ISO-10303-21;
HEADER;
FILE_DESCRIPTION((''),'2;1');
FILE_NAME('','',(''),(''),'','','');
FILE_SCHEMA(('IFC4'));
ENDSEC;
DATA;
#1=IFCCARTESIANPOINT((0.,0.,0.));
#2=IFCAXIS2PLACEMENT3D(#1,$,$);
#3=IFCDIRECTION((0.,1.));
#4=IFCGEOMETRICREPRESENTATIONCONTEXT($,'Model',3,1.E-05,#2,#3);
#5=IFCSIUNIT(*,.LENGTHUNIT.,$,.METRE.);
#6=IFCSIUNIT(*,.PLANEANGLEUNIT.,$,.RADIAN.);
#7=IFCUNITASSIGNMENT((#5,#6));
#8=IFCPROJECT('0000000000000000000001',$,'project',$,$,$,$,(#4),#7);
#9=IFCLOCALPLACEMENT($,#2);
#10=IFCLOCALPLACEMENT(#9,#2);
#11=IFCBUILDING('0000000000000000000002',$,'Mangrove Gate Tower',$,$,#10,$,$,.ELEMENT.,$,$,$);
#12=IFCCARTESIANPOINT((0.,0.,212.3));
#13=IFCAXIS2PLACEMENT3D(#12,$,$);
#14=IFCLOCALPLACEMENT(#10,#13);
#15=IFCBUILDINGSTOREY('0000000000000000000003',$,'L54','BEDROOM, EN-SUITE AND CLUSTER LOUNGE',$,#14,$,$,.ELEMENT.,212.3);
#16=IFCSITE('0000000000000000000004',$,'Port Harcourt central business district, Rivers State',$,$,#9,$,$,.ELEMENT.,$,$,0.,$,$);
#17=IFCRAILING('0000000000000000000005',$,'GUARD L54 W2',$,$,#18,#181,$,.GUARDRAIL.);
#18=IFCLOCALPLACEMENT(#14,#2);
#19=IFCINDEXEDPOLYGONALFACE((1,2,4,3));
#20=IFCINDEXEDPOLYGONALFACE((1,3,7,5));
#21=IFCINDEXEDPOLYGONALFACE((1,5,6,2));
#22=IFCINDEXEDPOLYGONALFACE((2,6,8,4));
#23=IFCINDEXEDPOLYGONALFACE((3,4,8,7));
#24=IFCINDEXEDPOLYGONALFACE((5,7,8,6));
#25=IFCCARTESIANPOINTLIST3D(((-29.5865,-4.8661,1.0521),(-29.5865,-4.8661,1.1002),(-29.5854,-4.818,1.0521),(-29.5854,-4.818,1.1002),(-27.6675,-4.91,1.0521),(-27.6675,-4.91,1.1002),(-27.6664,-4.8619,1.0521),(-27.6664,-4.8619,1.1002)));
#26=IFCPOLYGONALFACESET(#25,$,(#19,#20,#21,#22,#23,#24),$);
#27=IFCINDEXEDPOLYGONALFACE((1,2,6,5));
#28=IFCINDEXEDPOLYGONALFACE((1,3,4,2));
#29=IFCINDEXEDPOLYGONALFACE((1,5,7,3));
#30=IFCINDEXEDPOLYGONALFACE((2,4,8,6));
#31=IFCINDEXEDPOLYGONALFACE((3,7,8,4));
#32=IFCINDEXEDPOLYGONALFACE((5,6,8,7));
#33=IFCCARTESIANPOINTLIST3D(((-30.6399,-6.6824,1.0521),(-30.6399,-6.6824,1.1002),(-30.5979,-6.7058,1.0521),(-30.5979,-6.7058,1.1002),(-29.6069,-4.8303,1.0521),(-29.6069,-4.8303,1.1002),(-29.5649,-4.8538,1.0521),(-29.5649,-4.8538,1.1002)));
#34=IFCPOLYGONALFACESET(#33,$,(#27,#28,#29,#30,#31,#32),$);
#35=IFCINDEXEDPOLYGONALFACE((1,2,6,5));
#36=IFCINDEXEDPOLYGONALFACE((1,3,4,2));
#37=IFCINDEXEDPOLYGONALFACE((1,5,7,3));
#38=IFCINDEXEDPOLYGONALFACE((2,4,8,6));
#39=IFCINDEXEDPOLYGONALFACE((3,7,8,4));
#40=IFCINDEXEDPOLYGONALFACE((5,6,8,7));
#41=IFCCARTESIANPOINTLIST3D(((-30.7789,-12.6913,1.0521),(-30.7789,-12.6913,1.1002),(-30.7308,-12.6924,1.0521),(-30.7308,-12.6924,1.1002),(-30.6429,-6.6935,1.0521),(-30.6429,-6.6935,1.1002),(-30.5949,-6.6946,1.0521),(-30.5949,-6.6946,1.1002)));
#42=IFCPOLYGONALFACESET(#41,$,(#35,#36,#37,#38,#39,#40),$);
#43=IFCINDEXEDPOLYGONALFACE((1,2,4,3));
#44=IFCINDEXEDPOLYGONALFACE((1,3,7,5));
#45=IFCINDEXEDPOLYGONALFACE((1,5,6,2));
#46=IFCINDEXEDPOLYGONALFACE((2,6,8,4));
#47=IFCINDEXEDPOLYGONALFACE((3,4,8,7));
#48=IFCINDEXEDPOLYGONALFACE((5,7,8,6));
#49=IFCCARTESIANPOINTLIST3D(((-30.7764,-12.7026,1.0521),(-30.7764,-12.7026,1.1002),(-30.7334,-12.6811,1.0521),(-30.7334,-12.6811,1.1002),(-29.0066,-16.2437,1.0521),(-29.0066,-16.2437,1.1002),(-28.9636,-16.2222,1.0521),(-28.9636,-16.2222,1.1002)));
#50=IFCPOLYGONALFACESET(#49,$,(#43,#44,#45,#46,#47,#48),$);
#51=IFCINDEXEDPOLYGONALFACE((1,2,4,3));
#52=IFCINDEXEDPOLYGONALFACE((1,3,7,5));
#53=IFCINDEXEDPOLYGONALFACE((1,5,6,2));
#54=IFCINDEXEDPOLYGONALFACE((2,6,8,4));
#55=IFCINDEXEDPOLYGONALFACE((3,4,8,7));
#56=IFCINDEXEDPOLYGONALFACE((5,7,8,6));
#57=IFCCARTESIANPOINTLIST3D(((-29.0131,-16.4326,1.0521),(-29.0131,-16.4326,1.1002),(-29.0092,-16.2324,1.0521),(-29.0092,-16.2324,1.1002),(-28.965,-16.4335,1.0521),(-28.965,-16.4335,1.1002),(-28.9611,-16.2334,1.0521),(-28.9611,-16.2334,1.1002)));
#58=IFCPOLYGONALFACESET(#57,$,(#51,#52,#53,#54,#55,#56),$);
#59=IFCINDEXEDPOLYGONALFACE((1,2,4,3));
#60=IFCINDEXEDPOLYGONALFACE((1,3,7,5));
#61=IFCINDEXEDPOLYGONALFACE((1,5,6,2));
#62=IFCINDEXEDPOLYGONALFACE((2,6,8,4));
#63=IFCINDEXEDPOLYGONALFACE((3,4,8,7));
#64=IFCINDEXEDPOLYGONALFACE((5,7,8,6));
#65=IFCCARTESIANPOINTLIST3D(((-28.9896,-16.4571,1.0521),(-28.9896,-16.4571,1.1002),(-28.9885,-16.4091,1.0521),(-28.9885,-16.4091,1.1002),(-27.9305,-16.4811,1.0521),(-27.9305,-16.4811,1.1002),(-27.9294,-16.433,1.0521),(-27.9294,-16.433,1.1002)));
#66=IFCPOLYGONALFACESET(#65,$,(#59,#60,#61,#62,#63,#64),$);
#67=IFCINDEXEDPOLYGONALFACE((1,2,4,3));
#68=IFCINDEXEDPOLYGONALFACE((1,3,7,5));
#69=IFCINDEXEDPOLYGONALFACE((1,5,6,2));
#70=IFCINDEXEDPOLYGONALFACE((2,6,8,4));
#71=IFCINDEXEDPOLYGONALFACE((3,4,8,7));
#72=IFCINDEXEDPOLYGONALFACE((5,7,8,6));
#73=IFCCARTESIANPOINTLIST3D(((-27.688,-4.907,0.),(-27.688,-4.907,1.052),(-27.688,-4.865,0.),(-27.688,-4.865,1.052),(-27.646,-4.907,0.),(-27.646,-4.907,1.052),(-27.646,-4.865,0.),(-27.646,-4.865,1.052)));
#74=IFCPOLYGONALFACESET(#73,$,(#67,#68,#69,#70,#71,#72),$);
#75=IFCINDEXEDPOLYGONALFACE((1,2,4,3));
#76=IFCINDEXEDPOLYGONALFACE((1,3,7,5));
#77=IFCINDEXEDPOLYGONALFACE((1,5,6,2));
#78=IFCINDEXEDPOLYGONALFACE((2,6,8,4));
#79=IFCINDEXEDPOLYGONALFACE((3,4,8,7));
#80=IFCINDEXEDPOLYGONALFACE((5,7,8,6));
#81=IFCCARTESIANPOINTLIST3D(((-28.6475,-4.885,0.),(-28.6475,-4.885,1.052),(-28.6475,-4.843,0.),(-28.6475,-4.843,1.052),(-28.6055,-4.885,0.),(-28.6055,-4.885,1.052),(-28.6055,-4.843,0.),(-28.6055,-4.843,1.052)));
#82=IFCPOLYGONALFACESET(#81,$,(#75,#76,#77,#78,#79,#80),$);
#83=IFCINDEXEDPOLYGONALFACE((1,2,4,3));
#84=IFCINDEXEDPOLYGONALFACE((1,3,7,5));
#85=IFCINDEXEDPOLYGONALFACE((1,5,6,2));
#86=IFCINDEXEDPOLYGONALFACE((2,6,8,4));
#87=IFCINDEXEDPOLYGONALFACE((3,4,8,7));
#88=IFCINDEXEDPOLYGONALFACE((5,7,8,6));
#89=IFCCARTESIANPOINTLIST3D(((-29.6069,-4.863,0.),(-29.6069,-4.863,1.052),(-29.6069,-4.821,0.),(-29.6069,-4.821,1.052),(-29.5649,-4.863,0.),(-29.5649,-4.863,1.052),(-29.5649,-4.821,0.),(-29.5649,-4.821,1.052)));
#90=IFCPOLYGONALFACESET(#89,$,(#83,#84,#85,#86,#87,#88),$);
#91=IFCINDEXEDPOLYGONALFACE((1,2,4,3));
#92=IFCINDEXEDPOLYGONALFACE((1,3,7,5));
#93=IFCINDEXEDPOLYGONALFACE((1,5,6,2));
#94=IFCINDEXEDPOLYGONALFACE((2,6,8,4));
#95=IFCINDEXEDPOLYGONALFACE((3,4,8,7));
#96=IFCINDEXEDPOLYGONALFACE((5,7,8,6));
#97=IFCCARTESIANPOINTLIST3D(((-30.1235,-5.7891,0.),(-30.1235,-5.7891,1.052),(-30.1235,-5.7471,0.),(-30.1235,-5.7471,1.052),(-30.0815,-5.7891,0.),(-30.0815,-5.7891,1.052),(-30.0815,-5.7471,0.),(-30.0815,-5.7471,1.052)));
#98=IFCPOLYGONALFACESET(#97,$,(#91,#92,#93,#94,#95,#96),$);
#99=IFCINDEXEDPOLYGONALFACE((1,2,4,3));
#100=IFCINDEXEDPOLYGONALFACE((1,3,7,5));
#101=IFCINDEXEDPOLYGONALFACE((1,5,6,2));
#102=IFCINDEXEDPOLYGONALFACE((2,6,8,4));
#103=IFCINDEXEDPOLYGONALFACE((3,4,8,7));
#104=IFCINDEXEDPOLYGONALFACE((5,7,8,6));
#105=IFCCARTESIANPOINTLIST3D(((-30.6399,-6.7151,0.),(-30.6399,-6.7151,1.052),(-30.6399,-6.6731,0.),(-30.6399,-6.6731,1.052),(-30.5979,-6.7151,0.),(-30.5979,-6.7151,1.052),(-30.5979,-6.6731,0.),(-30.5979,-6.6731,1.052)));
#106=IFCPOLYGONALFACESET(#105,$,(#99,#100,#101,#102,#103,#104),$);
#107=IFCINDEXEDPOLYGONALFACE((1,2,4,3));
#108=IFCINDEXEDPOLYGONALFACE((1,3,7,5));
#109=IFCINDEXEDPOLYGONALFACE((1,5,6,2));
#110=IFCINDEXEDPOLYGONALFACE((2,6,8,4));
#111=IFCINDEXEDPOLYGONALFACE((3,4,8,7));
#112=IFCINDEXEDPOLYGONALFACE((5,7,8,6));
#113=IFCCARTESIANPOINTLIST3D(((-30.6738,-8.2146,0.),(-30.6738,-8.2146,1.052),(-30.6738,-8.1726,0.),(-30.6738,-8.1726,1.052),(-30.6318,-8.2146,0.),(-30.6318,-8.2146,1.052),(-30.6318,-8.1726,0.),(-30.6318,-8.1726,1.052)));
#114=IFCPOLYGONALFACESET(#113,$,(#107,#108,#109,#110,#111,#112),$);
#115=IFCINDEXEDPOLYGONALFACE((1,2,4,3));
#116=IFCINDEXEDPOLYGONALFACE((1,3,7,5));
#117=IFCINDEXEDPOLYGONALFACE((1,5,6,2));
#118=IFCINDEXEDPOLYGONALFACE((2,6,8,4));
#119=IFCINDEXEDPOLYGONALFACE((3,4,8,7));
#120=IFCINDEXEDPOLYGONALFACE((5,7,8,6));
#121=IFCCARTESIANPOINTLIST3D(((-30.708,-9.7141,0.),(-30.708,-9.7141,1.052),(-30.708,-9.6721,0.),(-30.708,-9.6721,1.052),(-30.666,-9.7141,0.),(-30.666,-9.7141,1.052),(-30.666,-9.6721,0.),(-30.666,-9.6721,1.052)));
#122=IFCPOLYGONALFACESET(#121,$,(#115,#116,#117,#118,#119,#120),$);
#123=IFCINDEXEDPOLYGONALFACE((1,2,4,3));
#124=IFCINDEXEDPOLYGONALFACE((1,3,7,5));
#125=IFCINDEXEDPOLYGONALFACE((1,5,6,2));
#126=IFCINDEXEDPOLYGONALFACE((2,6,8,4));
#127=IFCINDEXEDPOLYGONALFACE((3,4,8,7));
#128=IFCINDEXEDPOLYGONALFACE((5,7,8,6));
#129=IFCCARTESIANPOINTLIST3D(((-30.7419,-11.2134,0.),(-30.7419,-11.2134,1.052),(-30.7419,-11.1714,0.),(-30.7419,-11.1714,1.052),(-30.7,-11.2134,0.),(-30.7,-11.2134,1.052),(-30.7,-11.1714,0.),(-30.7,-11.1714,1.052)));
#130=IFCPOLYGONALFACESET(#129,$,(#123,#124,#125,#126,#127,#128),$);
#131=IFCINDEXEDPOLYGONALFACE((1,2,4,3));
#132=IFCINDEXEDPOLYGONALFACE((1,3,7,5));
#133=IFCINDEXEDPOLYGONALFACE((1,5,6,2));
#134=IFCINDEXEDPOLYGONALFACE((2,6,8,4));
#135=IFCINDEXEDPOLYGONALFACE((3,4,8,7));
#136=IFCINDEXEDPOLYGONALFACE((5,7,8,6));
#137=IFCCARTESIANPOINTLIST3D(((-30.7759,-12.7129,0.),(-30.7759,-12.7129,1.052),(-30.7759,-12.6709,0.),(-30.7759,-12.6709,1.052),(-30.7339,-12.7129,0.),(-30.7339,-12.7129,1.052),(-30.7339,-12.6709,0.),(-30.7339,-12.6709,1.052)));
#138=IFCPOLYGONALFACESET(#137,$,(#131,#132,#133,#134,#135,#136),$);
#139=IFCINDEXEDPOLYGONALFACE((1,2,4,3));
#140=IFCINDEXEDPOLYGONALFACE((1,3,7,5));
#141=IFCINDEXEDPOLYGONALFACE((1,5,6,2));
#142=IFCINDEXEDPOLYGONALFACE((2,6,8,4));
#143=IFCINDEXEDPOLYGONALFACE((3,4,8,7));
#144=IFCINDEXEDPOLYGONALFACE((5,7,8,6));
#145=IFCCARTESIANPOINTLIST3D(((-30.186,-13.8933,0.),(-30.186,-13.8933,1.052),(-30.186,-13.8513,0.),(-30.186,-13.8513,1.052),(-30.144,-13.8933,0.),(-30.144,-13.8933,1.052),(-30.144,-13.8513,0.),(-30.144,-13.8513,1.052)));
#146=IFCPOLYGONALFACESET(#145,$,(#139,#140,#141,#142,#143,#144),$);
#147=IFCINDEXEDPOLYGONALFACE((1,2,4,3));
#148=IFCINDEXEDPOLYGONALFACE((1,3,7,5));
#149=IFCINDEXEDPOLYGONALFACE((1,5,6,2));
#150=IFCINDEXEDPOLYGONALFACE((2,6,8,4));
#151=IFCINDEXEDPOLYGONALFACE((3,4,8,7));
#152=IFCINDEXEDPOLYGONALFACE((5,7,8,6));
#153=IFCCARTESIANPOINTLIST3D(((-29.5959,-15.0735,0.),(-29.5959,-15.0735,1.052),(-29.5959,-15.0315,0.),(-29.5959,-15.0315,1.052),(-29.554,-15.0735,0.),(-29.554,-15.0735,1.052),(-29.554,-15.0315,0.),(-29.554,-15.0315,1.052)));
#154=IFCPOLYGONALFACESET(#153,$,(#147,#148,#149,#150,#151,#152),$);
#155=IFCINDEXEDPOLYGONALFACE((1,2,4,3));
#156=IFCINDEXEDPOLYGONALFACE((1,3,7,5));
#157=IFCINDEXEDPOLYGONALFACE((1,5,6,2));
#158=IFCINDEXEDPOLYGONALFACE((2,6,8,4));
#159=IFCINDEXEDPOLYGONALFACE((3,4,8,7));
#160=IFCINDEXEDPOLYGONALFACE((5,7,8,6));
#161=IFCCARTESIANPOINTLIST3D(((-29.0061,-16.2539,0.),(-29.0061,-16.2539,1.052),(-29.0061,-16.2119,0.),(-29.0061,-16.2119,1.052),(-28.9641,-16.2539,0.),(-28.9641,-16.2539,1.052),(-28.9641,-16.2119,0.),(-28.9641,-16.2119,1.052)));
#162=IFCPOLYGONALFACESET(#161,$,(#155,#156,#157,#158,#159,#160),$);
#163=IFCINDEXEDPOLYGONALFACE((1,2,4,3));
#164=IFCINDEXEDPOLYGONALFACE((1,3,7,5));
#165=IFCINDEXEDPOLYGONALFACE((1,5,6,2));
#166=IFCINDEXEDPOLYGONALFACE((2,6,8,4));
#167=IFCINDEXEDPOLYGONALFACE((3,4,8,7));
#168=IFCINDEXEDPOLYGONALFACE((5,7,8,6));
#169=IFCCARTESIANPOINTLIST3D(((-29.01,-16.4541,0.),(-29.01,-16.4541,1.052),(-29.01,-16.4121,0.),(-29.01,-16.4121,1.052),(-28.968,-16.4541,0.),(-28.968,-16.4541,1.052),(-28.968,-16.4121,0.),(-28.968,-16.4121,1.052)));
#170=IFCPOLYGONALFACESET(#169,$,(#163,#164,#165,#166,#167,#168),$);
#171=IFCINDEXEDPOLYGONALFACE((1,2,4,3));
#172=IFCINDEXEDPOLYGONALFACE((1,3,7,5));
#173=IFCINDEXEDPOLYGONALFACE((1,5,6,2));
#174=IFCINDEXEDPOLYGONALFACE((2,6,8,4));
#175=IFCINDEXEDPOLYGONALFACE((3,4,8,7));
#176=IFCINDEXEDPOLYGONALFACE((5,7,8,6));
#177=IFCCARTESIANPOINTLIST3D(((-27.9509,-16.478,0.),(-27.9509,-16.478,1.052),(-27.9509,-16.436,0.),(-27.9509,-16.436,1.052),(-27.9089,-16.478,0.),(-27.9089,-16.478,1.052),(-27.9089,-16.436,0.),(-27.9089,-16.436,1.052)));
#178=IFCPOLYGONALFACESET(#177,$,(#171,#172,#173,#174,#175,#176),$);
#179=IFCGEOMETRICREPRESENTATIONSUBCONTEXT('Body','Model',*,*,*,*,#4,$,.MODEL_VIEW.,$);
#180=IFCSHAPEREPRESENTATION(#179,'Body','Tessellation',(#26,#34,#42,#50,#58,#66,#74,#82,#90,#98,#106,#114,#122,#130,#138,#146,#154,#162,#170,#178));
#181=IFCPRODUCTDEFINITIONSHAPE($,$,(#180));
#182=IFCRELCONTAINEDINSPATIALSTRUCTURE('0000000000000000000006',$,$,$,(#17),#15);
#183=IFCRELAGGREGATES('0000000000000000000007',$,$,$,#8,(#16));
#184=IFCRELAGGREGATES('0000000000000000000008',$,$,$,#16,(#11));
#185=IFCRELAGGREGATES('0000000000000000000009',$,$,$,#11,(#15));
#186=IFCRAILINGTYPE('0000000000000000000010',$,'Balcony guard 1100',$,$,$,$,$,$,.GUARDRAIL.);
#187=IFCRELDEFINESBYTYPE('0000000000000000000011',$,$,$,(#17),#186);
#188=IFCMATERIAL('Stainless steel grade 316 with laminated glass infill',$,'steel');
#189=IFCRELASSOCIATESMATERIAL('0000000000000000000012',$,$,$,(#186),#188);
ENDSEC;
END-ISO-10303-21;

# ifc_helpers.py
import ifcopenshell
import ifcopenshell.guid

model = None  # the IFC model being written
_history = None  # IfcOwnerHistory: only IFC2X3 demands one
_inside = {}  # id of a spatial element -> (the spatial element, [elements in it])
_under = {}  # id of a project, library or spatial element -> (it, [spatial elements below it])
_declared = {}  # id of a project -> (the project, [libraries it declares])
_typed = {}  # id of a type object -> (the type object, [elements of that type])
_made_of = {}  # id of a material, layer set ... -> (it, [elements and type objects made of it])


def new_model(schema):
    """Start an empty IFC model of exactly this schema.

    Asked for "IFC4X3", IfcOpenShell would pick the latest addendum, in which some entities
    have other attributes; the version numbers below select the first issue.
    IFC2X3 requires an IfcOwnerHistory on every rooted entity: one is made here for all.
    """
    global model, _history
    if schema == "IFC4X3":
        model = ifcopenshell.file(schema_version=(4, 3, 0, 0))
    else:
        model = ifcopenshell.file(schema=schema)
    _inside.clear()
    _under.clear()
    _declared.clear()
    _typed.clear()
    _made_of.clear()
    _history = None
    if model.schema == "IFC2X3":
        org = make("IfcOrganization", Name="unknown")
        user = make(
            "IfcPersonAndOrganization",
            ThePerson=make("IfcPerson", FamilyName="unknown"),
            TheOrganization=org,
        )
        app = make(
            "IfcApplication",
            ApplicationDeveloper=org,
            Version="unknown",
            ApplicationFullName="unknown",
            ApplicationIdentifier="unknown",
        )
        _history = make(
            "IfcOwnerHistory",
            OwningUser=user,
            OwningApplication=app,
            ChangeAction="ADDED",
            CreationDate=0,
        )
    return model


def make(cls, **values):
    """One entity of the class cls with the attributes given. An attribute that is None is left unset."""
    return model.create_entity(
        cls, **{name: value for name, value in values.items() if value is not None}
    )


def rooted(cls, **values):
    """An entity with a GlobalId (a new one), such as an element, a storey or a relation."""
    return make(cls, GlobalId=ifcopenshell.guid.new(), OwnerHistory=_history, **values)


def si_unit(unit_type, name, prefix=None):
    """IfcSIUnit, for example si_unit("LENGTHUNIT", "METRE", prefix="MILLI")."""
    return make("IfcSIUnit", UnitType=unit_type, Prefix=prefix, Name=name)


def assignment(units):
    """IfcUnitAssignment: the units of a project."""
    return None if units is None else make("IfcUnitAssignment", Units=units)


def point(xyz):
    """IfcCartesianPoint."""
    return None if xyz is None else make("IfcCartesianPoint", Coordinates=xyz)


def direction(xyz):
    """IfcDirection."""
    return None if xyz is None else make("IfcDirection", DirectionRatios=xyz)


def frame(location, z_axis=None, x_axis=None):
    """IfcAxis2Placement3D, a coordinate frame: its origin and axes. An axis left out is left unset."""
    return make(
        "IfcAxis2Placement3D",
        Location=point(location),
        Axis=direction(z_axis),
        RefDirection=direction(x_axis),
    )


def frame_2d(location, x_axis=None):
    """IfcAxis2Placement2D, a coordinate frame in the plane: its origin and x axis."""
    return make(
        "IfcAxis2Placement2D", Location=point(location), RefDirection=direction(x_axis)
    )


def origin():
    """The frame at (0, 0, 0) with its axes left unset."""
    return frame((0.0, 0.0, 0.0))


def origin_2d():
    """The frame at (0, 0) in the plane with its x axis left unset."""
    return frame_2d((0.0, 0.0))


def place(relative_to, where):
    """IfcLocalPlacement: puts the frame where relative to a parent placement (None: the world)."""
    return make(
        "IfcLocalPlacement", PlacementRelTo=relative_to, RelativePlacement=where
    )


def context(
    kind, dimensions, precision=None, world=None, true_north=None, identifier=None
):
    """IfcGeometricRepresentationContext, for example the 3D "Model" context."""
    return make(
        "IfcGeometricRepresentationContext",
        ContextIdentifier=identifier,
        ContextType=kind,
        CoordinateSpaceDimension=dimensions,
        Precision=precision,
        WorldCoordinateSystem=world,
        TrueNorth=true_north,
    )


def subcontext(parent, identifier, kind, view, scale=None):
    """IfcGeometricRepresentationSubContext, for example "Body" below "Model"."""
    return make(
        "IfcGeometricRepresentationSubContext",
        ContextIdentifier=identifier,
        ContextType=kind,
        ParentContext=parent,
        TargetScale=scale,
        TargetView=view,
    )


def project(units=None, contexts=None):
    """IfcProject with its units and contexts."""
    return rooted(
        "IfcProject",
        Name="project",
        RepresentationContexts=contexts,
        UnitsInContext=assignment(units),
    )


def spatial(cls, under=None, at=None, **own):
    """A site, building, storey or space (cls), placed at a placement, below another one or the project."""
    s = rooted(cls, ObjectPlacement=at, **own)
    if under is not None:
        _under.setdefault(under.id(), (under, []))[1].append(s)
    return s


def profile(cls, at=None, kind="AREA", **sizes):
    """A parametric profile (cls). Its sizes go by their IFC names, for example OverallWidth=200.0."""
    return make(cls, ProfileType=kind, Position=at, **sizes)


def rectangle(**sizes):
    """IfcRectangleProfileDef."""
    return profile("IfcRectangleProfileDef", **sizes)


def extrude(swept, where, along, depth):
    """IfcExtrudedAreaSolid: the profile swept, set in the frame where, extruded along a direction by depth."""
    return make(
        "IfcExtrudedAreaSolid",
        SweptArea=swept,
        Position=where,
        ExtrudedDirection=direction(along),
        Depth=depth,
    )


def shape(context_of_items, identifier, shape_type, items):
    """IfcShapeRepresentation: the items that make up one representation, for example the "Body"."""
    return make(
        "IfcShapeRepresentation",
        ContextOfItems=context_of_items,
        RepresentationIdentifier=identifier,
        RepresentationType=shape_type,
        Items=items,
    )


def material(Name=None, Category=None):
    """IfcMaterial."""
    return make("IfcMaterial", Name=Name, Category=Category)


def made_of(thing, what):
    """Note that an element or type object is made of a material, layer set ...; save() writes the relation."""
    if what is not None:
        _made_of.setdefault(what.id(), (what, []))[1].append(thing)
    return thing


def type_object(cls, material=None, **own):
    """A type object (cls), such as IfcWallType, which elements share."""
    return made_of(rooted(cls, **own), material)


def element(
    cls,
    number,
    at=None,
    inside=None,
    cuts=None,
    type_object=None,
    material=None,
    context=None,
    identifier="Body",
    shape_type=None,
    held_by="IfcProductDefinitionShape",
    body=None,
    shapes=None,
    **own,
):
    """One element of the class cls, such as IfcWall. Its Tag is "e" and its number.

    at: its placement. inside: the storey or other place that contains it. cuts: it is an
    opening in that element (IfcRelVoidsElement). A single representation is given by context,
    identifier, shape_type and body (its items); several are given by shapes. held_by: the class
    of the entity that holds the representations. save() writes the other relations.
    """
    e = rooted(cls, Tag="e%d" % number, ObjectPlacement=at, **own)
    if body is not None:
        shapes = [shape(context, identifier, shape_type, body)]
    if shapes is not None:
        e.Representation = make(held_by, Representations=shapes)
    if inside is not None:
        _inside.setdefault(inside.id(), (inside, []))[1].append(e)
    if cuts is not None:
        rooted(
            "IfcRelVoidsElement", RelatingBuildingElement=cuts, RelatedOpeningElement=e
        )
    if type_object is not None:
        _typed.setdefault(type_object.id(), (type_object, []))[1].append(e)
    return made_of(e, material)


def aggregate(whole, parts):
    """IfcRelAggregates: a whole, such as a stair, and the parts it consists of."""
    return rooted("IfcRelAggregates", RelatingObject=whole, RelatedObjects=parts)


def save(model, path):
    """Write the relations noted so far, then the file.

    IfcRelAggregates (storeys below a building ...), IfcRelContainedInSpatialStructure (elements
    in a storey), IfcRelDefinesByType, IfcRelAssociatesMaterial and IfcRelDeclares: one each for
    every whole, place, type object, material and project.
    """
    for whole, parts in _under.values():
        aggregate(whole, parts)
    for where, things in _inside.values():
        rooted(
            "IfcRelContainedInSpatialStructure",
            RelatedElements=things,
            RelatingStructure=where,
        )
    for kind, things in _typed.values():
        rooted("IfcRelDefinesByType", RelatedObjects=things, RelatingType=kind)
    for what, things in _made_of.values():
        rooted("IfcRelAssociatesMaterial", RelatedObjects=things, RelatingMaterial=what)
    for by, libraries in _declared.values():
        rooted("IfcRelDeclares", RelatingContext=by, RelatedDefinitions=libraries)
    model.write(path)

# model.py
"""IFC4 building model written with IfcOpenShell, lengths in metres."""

from ifc_helpers import new_model, si_unit, direction, frame, origin, origin_2d, place, context, subcontext, project, spatial, rectangle, extrude, material, type_object, element, save


model = new_model("IFC4")

# Units and contexts
model_context = context("Model", 3, precision=1e-05, world=origin(), true_north=direction((0.0, 1.0)))
body_context = subcontext(model_context, "Body", "Model", "MODEL_VIEW")
ifc_project = project(units=[si_unit("LENGTHUNIT", "METRE"), si_unit("PLANEANGLEUNIT", "RADIAN")], contexts=[model_context])

# Site, building, storey
site_placement = place(None, origin())
site = spatial("IfcSite", under=ifc_project, at=site_placement, Name="Port Harcourt central business district, Rivers State", CompositionType="ELEMENT", RefElevation=0.0)
building_placement = place(site_placement, origin())
building = spatial("IfcBuilding", under=site, at=building_placement, Name="Mangrove Gate Tower", CompositionType="ELEMENT")
storey_placement = place(building_placement, frame((0.0, 0.0, 212.3)))
storey = spatial("IfcBuildingStorey", under=building, at=storey_placement, Name="L54", Description="BEDROOM, EN-SUITE AND CLUSTER LOUNGE", CompositionType="ELEMENT", Elevation=212.3)

# Railing
ifc_material_1 = material(Name="Stainless steel grade 316 with laminated glass infill", Category="steel")
railing_type = type_object("IfcRailingType", Name="Balcony guard 1100", PredefinedType="GUARDRAIL", material=ifc_material_1)
railing_placement = place(storey_placement, frame((-27.667, -4.886, 0.0)))
element("IfcRailing", 1, at=railing_placement, inside=storey, type_object=railing_type, Name="GUARD L54 W2", PredefinedType="GUARDRAIL", context=body_context, shape_type="SweptSolid", body=[
    extrude(rectangle(XDim=0.0481, YDim=0.0481, at=origin_2d()), frame((0.0, 0.0, 1.0762), z_axis=(-0.999738, 0.022895, 0.0), x_axis=(-0.022895, -0.999738, 0.0)), (0.0, 0.0, 1.0), 1.9194),
    extrude(rectangle(XDim=0.0481, YDim=0.0481, at=origin_2d()), frame((-1.9189, 0.0439, 1.0762), z_axis=(-0.487099, -0.873347, 0.0), x_axis=(0.873347, -0.487099, 0.0)), (0.0, 0.0, 1.0), 2.1206),
    extrude(rectangle(XDim=0.0481, YDim=0.0481, at=origin_2d()), frame((-2.9519, -1.8081, 1.0762), z_axis=(-0.022667, -0.999743, 0.0), x_axis=(0.999743, -0.022667, 0.0)), (0.0, 0.0, 1.0), 5.9993),
    extrude(rectangle(XDim=0.0481, YDim=0.0481, at=origin_2d()), frame((-3.0879, -7.8059, 1.0762), z_axis=(0.447066, -0.894501, 0.0), x_axis=(0.894501, 0.447066, 0.0)), (0.0, 0.0, 1.0), 3.9587),
    extrude(rectangle(XDim=0.0481, YDim=0.0481, at=origin_2d()), frame((-1.3181, -11.3469, 1.0762), z_axis=(-0.019508, -0.99981, 0.0), x_axis=(0.99981, -0.019508, 0.0)), (0.0, 0.0, 1.0), 0.2002),
    extrude(rectangle(XDim=0.0481, YDim=0.0481, at=origin_2d()), frame((-1.322, -11.5471, 1.0762), z_axis=(0.999745, -0.022585, 0.0), x_axis=(0.022585, 0.999745, 0.0)), (0.0, 0.0, 1.0), 1.0593),
    extrude(rectangle(XDim=0.042, YDim=0.042, at=origin_2d()), origin(), (0.0, 0.0, 1.0), 1.052),
    extrude(rectangle(XDim=0.042, YDim=0.042, at=origin_2d()), frame((-0.9595, 0.022, 0.0)), (0.0, 0.0, 1.0), 1.052),
    extrude(rectangle(XDim=0.042, YDim=0.042, at=origin_2d()), frame((-1.9189, 0.0439, 0.0)), (0.0, 0.0, 1.0), 1.052),
    extrude(rectangle(XDim=0.042, YDim=0.042, at=origin_2d()), frame((-2.4355, -0.8821, 0.0)), (0.0, 0.0, 1.0), 1.052),
    extrude(rectangle(XDim=0.042, YDim=0.042, at=origin_2d()), frame((-2.9519, -1.8081, 0.0)), (0.0, 0.0, 1.0), 1.052),
    extrude(rectangle(XDim=0.042, YDim=0.042, at=origin_2d()), frame((-2.9858, -3.3076, 0.0)), (0.0, 0.0, 1.0), 1.052),
    extrude(rectangle(XDim=0.042, YDim=0.042, at=origin_2d()), frame((-3.02, -4.8071, 0.0)), (0.0, 0.0, 1.0), 1.052),
    extrude(rectangle(XDim=0.042, YDim=0.042, at=origin_2d()), frame((-3.054, -6.3064, 0.0)), (0.0, 0.0, 1.0), 1.052),
    extrude(rectangle(XDim=0.042, YDim=0.042, at=origin_2d()), frame((-3.0879, -7.8059, 0.0)), (0.0, 0.0, 1.0), 1.052),
    extrude(rectangle(XDim=0.042, YDim=0.042, at=origin_2d()), frame((-2.498, -8.9863, 0.0)), (0.0, 0.0, 1.0), 1.052),
    extrude(rectangle(XDim=0.042, YDim=0.042, at=origin_2d()), frame((-1.908, -10.1665, 0.0)), (0.0, 0.0, 1.0), 1.052),
    extrude(rectangle(XDim=0.042, YDim=0.042, at=origin_2d()), frame((-1.3181, -11.3469, 0.0)), (0.0, 0.0, 1.0), 1.052),
    extrude(rectangle(XDim=0.042, YDim=0.042, at=origin_2d()), frame((-1.322, -11.5471, 0.0)), (0.0, 0.0, 1.0), 1.052),
    extrude(rectangle(XDim=0.042, YDim=0.042, at=origin_2d()), frame((-0.2629, -11.571, 0.0)), (0.0, 0.0, 1.0), 1.052),
])

save(model, "model.ifc")
